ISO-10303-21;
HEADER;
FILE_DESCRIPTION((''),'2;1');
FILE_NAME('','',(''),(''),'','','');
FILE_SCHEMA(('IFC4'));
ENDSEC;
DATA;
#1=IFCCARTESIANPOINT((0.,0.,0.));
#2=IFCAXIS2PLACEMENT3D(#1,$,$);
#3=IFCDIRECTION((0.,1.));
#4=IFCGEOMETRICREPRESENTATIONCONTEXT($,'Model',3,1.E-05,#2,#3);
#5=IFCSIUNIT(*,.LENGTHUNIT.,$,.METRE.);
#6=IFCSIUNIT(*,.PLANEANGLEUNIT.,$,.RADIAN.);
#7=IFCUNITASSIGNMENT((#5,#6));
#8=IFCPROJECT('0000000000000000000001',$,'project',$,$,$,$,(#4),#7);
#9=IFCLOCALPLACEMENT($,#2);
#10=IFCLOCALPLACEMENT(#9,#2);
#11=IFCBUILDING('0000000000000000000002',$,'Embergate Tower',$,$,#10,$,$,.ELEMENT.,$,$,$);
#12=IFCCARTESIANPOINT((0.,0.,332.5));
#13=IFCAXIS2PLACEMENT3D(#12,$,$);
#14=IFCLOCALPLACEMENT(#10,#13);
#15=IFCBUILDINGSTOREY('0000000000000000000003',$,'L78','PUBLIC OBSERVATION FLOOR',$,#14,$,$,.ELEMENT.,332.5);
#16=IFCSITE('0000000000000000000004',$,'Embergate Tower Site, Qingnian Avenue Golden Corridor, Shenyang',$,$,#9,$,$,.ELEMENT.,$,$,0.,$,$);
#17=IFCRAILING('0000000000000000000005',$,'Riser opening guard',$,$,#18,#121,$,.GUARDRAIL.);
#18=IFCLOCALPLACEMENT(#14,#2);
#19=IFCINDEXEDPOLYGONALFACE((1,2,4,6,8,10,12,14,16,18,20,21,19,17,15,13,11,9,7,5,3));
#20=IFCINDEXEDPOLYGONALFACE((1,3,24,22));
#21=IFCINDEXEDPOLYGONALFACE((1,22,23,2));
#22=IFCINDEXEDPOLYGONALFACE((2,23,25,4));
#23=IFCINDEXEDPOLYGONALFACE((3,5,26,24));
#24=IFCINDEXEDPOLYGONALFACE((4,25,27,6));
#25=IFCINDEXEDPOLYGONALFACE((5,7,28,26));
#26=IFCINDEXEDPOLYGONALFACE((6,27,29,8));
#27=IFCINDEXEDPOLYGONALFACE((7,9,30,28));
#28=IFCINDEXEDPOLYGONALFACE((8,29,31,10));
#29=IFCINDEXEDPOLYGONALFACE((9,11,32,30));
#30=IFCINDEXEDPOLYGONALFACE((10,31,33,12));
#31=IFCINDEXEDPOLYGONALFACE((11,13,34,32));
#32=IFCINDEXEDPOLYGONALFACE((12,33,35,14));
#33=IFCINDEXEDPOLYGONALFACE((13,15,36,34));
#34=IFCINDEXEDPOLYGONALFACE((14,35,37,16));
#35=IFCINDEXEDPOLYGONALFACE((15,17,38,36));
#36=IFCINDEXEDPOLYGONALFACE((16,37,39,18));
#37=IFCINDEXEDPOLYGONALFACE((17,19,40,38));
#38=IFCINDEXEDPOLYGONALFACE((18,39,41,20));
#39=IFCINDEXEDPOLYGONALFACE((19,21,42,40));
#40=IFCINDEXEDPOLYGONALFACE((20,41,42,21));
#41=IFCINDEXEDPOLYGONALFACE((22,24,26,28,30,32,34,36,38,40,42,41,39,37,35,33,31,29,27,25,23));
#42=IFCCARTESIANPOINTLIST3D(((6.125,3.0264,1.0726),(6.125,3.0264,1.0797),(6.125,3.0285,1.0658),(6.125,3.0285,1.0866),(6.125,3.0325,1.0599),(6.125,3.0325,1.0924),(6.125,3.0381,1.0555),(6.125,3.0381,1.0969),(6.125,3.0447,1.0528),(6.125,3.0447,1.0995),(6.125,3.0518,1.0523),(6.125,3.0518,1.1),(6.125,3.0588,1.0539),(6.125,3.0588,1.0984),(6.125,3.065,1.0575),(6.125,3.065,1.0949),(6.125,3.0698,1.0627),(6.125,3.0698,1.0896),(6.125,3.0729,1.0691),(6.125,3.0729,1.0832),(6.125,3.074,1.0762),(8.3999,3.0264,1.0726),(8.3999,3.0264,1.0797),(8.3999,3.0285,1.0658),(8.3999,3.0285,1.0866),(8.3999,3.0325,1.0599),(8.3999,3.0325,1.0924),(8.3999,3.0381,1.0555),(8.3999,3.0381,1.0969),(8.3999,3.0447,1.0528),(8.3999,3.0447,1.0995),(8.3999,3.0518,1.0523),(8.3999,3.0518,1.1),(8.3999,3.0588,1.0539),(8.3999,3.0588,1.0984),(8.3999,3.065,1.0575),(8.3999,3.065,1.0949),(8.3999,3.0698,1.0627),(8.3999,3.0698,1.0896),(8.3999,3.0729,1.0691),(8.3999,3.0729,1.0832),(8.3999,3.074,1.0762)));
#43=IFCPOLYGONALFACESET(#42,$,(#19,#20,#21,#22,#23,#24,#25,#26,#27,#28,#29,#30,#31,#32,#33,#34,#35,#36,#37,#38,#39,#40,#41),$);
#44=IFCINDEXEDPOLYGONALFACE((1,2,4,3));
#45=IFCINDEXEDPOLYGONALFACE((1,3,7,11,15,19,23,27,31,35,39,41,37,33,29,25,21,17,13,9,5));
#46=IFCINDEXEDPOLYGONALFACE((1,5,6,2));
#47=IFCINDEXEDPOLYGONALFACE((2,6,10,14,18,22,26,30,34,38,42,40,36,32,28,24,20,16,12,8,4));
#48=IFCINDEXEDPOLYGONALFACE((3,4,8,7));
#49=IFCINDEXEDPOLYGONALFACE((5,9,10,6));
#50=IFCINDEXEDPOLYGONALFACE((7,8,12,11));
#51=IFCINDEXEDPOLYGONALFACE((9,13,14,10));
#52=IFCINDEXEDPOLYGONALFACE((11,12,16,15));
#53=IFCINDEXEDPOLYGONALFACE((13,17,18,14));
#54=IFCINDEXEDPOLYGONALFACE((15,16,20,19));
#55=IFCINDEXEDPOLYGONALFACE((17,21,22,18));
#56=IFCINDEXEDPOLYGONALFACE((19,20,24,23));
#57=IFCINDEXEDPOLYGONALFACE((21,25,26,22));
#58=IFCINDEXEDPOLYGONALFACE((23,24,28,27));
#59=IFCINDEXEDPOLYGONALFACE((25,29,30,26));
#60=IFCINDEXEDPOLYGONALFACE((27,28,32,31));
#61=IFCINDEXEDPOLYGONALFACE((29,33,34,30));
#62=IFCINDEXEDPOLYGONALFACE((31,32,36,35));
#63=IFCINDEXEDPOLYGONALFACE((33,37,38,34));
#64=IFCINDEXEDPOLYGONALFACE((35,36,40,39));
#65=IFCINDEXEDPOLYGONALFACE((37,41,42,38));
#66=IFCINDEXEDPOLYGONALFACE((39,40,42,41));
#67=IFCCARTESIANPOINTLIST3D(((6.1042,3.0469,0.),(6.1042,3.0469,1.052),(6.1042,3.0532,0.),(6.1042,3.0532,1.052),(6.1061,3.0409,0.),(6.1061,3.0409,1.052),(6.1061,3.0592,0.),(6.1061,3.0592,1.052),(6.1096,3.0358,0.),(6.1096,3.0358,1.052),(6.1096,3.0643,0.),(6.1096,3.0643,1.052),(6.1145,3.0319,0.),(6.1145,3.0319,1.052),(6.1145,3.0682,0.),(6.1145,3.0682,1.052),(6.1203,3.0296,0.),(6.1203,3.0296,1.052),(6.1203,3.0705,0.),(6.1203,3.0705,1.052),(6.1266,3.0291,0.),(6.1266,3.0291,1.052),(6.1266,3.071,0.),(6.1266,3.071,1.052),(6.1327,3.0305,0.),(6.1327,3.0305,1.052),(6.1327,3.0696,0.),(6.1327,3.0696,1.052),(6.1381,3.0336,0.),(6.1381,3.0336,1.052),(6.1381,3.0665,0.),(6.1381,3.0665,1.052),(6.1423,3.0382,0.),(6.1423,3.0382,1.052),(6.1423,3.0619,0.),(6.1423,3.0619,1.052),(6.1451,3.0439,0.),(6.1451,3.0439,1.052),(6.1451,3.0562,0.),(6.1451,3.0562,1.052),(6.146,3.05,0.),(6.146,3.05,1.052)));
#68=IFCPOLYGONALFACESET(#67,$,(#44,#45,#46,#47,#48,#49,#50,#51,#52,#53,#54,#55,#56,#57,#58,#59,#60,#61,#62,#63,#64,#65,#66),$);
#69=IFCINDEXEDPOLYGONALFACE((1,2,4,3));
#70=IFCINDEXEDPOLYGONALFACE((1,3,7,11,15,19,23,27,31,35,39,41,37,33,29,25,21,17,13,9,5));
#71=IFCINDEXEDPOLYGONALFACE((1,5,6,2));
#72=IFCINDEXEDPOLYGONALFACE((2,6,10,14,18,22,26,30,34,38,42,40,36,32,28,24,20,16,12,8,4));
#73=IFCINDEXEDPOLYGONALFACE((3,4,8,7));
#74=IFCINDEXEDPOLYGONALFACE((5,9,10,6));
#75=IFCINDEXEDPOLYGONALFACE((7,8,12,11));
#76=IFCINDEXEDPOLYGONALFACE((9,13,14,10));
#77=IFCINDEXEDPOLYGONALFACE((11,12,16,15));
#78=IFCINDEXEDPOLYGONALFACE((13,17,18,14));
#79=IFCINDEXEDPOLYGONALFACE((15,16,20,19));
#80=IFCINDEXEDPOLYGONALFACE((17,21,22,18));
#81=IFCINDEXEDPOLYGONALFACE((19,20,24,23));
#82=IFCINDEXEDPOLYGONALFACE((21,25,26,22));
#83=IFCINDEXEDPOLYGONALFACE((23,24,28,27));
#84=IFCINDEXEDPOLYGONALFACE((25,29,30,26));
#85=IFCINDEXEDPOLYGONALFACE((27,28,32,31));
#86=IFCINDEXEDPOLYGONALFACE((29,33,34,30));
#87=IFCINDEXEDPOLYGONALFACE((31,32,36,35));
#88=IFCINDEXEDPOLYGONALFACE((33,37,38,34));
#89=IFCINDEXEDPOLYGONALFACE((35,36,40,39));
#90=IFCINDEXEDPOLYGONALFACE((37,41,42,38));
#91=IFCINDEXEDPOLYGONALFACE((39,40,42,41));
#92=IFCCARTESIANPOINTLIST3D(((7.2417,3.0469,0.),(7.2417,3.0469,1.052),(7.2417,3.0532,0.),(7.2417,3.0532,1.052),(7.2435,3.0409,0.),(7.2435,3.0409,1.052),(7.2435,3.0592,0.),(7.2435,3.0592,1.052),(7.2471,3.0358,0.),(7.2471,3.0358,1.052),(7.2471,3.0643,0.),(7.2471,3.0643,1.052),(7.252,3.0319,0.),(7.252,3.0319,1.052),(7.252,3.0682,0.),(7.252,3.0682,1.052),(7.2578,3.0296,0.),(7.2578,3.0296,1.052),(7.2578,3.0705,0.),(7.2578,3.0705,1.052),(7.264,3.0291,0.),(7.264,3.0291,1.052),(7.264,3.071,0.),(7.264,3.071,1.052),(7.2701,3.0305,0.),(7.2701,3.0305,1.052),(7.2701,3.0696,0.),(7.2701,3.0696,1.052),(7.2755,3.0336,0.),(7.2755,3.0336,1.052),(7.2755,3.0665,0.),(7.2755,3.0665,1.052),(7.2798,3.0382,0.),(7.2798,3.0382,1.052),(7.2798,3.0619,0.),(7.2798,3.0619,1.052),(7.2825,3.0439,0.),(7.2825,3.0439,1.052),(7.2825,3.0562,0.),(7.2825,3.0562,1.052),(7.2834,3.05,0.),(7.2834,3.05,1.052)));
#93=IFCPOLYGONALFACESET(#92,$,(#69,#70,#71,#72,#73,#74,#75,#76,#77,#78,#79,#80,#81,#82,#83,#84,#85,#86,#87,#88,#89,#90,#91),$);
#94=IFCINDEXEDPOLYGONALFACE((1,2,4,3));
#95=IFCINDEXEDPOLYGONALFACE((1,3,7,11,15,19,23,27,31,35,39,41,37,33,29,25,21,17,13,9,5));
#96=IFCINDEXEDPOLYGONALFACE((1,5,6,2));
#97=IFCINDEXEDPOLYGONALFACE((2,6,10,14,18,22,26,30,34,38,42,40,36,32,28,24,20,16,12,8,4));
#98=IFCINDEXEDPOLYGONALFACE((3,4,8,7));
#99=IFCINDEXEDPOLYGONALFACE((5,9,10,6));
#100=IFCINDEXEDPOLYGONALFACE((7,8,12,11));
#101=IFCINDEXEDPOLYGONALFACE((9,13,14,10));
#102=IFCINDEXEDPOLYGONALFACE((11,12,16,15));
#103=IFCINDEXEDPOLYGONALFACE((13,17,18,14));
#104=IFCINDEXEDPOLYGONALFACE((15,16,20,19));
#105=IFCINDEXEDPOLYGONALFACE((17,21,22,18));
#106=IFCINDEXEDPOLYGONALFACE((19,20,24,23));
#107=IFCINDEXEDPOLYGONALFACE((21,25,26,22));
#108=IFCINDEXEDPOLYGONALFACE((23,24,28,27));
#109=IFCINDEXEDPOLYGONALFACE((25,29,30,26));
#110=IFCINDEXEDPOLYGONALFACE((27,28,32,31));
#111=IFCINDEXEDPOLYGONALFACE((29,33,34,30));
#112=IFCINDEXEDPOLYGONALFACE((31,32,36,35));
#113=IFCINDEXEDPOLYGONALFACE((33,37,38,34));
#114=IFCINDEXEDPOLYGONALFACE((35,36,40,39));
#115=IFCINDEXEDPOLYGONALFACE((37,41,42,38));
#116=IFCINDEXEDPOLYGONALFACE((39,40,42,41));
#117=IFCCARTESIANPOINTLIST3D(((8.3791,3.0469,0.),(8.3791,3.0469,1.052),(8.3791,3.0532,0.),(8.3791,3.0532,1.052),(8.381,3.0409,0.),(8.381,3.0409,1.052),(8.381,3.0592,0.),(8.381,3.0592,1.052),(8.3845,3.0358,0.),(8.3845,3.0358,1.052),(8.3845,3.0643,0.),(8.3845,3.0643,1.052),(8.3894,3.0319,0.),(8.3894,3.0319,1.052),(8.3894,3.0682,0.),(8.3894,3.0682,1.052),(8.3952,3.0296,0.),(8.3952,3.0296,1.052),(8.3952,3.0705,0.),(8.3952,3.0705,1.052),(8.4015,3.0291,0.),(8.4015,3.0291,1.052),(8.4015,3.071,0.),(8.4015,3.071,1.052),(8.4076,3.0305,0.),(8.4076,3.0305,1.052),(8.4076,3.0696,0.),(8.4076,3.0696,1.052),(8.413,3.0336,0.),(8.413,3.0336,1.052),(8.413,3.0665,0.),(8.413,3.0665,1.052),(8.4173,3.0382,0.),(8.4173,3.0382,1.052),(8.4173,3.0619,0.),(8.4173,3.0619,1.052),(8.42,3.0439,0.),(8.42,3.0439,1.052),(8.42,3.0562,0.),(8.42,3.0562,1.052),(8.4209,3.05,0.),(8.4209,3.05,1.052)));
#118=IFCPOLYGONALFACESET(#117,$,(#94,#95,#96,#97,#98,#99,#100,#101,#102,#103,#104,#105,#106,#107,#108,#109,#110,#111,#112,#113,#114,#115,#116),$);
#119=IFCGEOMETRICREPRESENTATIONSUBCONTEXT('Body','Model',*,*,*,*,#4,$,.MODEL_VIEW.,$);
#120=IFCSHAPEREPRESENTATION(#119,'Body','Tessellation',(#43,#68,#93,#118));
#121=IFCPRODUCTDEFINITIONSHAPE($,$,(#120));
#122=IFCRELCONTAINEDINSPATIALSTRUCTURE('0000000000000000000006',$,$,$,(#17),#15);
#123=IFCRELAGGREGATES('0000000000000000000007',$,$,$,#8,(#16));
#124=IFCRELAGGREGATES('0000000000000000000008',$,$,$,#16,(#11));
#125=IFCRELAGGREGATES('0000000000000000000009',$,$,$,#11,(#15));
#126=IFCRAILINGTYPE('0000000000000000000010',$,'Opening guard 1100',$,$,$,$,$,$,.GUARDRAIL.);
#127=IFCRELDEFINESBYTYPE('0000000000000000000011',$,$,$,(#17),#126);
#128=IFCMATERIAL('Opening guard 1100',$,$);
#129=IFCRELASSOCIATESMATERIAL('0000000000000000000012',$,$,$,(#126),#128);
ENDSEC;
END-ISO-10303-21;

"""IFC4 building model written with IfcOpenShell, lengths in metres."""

from ifc_helpers import new_model, si_unit, direction, frame, origin, origin_2d, place, context, subcontext, project, spatial, circle, extrude, source, transform, mapped, material, type_object, element, save


model = new_model("IFC4")

# Units and contexts
model_context = context("Model", 3, precision=1e-05, world=origin(), true_north=direction((0.0, 1.0)))
body_context = subcontext(model_context, "Body", "Model", "MODEL_VIEW")
ifc_project = project(units=[si_unit("LENGTHUNIT", "METRE"), si_unit("PLANEANGLEUNIT", "RADIAN")], contexts=[model_context])

# Site, building, storey
site_placement = place(None, origin())
site = spatial("IfcSite", under=ifc_project, at=site_placement, Name="Embergate Tower Site, Qingnian Avenue Golden Corridor, Shenyang", CompositionType="ELEMENT", RefElevation=0.0)
building_placement = place(site_placement, origin())
building = spatial("IfcBuilding", under=site, at=building_placement, Name="Embergate Tower", CompositionType="ELEMENT")
storey_placement = place(building_placement, frame((0.0, 0.0, 332.5)))
storey = spatial("IfcBuildingStorey", under=building, at=storey_placement, Name="L78", Description="PUBLIC OBSERVATION FLOOR", CompositionType="ELEMENT", Elevation=332.5)

# Railing
ifc_material_1 = material(Name="Opening guard 1100")
railing_type_1 = type_object("IfcRailingType", Name="Opening guard 1100", PredefinedType="GUARDRAIL", material=ifc_material_1)
shared_shape_1 = source(origin(), body_context, "Body", "SweptSolid", [
    extrude(circle(Radius=0.0239, at=origin_2d()), frame((0.0, 0.0, 1.0762), z_axis=(1.0, 0.0, 0.0), x_axis=(0.0, 1.0, 0.0)), (0.0, 0.0, 1.0), 2.2749),
    extrude(circle(Radius=0.021, at=origin_2d()), origin(), (0.0, 0.0, 1.0), 1.052),
    extrude(circle(Radius=0.021, at=origin_2d()), frame((1.1375, 0.0, 0.0)), (0.0, 0.0, 1.0), 1.052),
    extrude(circle(Radius=0.021, at=origin_2d()), frame((2.2749, 0.0, 0.0)), (0.0, 0.0, 1.0), 1.052),
])
railing_1_placement = place(storey_placement, frame((6.125, 3.05, 0.0)))
element("IfcRailing", 1, at=railing_1_placement, inside=storey, type_object=railing_type_1, Name="Riser opening guard", PredefinedType="GUARDRAIL", context=body_context, shape_type="MappedRepresentation", body=[
    mapped(shared_shape_1, transform((0.0, 0.0, 0.0))),
])

save(model, "model.ifc")
